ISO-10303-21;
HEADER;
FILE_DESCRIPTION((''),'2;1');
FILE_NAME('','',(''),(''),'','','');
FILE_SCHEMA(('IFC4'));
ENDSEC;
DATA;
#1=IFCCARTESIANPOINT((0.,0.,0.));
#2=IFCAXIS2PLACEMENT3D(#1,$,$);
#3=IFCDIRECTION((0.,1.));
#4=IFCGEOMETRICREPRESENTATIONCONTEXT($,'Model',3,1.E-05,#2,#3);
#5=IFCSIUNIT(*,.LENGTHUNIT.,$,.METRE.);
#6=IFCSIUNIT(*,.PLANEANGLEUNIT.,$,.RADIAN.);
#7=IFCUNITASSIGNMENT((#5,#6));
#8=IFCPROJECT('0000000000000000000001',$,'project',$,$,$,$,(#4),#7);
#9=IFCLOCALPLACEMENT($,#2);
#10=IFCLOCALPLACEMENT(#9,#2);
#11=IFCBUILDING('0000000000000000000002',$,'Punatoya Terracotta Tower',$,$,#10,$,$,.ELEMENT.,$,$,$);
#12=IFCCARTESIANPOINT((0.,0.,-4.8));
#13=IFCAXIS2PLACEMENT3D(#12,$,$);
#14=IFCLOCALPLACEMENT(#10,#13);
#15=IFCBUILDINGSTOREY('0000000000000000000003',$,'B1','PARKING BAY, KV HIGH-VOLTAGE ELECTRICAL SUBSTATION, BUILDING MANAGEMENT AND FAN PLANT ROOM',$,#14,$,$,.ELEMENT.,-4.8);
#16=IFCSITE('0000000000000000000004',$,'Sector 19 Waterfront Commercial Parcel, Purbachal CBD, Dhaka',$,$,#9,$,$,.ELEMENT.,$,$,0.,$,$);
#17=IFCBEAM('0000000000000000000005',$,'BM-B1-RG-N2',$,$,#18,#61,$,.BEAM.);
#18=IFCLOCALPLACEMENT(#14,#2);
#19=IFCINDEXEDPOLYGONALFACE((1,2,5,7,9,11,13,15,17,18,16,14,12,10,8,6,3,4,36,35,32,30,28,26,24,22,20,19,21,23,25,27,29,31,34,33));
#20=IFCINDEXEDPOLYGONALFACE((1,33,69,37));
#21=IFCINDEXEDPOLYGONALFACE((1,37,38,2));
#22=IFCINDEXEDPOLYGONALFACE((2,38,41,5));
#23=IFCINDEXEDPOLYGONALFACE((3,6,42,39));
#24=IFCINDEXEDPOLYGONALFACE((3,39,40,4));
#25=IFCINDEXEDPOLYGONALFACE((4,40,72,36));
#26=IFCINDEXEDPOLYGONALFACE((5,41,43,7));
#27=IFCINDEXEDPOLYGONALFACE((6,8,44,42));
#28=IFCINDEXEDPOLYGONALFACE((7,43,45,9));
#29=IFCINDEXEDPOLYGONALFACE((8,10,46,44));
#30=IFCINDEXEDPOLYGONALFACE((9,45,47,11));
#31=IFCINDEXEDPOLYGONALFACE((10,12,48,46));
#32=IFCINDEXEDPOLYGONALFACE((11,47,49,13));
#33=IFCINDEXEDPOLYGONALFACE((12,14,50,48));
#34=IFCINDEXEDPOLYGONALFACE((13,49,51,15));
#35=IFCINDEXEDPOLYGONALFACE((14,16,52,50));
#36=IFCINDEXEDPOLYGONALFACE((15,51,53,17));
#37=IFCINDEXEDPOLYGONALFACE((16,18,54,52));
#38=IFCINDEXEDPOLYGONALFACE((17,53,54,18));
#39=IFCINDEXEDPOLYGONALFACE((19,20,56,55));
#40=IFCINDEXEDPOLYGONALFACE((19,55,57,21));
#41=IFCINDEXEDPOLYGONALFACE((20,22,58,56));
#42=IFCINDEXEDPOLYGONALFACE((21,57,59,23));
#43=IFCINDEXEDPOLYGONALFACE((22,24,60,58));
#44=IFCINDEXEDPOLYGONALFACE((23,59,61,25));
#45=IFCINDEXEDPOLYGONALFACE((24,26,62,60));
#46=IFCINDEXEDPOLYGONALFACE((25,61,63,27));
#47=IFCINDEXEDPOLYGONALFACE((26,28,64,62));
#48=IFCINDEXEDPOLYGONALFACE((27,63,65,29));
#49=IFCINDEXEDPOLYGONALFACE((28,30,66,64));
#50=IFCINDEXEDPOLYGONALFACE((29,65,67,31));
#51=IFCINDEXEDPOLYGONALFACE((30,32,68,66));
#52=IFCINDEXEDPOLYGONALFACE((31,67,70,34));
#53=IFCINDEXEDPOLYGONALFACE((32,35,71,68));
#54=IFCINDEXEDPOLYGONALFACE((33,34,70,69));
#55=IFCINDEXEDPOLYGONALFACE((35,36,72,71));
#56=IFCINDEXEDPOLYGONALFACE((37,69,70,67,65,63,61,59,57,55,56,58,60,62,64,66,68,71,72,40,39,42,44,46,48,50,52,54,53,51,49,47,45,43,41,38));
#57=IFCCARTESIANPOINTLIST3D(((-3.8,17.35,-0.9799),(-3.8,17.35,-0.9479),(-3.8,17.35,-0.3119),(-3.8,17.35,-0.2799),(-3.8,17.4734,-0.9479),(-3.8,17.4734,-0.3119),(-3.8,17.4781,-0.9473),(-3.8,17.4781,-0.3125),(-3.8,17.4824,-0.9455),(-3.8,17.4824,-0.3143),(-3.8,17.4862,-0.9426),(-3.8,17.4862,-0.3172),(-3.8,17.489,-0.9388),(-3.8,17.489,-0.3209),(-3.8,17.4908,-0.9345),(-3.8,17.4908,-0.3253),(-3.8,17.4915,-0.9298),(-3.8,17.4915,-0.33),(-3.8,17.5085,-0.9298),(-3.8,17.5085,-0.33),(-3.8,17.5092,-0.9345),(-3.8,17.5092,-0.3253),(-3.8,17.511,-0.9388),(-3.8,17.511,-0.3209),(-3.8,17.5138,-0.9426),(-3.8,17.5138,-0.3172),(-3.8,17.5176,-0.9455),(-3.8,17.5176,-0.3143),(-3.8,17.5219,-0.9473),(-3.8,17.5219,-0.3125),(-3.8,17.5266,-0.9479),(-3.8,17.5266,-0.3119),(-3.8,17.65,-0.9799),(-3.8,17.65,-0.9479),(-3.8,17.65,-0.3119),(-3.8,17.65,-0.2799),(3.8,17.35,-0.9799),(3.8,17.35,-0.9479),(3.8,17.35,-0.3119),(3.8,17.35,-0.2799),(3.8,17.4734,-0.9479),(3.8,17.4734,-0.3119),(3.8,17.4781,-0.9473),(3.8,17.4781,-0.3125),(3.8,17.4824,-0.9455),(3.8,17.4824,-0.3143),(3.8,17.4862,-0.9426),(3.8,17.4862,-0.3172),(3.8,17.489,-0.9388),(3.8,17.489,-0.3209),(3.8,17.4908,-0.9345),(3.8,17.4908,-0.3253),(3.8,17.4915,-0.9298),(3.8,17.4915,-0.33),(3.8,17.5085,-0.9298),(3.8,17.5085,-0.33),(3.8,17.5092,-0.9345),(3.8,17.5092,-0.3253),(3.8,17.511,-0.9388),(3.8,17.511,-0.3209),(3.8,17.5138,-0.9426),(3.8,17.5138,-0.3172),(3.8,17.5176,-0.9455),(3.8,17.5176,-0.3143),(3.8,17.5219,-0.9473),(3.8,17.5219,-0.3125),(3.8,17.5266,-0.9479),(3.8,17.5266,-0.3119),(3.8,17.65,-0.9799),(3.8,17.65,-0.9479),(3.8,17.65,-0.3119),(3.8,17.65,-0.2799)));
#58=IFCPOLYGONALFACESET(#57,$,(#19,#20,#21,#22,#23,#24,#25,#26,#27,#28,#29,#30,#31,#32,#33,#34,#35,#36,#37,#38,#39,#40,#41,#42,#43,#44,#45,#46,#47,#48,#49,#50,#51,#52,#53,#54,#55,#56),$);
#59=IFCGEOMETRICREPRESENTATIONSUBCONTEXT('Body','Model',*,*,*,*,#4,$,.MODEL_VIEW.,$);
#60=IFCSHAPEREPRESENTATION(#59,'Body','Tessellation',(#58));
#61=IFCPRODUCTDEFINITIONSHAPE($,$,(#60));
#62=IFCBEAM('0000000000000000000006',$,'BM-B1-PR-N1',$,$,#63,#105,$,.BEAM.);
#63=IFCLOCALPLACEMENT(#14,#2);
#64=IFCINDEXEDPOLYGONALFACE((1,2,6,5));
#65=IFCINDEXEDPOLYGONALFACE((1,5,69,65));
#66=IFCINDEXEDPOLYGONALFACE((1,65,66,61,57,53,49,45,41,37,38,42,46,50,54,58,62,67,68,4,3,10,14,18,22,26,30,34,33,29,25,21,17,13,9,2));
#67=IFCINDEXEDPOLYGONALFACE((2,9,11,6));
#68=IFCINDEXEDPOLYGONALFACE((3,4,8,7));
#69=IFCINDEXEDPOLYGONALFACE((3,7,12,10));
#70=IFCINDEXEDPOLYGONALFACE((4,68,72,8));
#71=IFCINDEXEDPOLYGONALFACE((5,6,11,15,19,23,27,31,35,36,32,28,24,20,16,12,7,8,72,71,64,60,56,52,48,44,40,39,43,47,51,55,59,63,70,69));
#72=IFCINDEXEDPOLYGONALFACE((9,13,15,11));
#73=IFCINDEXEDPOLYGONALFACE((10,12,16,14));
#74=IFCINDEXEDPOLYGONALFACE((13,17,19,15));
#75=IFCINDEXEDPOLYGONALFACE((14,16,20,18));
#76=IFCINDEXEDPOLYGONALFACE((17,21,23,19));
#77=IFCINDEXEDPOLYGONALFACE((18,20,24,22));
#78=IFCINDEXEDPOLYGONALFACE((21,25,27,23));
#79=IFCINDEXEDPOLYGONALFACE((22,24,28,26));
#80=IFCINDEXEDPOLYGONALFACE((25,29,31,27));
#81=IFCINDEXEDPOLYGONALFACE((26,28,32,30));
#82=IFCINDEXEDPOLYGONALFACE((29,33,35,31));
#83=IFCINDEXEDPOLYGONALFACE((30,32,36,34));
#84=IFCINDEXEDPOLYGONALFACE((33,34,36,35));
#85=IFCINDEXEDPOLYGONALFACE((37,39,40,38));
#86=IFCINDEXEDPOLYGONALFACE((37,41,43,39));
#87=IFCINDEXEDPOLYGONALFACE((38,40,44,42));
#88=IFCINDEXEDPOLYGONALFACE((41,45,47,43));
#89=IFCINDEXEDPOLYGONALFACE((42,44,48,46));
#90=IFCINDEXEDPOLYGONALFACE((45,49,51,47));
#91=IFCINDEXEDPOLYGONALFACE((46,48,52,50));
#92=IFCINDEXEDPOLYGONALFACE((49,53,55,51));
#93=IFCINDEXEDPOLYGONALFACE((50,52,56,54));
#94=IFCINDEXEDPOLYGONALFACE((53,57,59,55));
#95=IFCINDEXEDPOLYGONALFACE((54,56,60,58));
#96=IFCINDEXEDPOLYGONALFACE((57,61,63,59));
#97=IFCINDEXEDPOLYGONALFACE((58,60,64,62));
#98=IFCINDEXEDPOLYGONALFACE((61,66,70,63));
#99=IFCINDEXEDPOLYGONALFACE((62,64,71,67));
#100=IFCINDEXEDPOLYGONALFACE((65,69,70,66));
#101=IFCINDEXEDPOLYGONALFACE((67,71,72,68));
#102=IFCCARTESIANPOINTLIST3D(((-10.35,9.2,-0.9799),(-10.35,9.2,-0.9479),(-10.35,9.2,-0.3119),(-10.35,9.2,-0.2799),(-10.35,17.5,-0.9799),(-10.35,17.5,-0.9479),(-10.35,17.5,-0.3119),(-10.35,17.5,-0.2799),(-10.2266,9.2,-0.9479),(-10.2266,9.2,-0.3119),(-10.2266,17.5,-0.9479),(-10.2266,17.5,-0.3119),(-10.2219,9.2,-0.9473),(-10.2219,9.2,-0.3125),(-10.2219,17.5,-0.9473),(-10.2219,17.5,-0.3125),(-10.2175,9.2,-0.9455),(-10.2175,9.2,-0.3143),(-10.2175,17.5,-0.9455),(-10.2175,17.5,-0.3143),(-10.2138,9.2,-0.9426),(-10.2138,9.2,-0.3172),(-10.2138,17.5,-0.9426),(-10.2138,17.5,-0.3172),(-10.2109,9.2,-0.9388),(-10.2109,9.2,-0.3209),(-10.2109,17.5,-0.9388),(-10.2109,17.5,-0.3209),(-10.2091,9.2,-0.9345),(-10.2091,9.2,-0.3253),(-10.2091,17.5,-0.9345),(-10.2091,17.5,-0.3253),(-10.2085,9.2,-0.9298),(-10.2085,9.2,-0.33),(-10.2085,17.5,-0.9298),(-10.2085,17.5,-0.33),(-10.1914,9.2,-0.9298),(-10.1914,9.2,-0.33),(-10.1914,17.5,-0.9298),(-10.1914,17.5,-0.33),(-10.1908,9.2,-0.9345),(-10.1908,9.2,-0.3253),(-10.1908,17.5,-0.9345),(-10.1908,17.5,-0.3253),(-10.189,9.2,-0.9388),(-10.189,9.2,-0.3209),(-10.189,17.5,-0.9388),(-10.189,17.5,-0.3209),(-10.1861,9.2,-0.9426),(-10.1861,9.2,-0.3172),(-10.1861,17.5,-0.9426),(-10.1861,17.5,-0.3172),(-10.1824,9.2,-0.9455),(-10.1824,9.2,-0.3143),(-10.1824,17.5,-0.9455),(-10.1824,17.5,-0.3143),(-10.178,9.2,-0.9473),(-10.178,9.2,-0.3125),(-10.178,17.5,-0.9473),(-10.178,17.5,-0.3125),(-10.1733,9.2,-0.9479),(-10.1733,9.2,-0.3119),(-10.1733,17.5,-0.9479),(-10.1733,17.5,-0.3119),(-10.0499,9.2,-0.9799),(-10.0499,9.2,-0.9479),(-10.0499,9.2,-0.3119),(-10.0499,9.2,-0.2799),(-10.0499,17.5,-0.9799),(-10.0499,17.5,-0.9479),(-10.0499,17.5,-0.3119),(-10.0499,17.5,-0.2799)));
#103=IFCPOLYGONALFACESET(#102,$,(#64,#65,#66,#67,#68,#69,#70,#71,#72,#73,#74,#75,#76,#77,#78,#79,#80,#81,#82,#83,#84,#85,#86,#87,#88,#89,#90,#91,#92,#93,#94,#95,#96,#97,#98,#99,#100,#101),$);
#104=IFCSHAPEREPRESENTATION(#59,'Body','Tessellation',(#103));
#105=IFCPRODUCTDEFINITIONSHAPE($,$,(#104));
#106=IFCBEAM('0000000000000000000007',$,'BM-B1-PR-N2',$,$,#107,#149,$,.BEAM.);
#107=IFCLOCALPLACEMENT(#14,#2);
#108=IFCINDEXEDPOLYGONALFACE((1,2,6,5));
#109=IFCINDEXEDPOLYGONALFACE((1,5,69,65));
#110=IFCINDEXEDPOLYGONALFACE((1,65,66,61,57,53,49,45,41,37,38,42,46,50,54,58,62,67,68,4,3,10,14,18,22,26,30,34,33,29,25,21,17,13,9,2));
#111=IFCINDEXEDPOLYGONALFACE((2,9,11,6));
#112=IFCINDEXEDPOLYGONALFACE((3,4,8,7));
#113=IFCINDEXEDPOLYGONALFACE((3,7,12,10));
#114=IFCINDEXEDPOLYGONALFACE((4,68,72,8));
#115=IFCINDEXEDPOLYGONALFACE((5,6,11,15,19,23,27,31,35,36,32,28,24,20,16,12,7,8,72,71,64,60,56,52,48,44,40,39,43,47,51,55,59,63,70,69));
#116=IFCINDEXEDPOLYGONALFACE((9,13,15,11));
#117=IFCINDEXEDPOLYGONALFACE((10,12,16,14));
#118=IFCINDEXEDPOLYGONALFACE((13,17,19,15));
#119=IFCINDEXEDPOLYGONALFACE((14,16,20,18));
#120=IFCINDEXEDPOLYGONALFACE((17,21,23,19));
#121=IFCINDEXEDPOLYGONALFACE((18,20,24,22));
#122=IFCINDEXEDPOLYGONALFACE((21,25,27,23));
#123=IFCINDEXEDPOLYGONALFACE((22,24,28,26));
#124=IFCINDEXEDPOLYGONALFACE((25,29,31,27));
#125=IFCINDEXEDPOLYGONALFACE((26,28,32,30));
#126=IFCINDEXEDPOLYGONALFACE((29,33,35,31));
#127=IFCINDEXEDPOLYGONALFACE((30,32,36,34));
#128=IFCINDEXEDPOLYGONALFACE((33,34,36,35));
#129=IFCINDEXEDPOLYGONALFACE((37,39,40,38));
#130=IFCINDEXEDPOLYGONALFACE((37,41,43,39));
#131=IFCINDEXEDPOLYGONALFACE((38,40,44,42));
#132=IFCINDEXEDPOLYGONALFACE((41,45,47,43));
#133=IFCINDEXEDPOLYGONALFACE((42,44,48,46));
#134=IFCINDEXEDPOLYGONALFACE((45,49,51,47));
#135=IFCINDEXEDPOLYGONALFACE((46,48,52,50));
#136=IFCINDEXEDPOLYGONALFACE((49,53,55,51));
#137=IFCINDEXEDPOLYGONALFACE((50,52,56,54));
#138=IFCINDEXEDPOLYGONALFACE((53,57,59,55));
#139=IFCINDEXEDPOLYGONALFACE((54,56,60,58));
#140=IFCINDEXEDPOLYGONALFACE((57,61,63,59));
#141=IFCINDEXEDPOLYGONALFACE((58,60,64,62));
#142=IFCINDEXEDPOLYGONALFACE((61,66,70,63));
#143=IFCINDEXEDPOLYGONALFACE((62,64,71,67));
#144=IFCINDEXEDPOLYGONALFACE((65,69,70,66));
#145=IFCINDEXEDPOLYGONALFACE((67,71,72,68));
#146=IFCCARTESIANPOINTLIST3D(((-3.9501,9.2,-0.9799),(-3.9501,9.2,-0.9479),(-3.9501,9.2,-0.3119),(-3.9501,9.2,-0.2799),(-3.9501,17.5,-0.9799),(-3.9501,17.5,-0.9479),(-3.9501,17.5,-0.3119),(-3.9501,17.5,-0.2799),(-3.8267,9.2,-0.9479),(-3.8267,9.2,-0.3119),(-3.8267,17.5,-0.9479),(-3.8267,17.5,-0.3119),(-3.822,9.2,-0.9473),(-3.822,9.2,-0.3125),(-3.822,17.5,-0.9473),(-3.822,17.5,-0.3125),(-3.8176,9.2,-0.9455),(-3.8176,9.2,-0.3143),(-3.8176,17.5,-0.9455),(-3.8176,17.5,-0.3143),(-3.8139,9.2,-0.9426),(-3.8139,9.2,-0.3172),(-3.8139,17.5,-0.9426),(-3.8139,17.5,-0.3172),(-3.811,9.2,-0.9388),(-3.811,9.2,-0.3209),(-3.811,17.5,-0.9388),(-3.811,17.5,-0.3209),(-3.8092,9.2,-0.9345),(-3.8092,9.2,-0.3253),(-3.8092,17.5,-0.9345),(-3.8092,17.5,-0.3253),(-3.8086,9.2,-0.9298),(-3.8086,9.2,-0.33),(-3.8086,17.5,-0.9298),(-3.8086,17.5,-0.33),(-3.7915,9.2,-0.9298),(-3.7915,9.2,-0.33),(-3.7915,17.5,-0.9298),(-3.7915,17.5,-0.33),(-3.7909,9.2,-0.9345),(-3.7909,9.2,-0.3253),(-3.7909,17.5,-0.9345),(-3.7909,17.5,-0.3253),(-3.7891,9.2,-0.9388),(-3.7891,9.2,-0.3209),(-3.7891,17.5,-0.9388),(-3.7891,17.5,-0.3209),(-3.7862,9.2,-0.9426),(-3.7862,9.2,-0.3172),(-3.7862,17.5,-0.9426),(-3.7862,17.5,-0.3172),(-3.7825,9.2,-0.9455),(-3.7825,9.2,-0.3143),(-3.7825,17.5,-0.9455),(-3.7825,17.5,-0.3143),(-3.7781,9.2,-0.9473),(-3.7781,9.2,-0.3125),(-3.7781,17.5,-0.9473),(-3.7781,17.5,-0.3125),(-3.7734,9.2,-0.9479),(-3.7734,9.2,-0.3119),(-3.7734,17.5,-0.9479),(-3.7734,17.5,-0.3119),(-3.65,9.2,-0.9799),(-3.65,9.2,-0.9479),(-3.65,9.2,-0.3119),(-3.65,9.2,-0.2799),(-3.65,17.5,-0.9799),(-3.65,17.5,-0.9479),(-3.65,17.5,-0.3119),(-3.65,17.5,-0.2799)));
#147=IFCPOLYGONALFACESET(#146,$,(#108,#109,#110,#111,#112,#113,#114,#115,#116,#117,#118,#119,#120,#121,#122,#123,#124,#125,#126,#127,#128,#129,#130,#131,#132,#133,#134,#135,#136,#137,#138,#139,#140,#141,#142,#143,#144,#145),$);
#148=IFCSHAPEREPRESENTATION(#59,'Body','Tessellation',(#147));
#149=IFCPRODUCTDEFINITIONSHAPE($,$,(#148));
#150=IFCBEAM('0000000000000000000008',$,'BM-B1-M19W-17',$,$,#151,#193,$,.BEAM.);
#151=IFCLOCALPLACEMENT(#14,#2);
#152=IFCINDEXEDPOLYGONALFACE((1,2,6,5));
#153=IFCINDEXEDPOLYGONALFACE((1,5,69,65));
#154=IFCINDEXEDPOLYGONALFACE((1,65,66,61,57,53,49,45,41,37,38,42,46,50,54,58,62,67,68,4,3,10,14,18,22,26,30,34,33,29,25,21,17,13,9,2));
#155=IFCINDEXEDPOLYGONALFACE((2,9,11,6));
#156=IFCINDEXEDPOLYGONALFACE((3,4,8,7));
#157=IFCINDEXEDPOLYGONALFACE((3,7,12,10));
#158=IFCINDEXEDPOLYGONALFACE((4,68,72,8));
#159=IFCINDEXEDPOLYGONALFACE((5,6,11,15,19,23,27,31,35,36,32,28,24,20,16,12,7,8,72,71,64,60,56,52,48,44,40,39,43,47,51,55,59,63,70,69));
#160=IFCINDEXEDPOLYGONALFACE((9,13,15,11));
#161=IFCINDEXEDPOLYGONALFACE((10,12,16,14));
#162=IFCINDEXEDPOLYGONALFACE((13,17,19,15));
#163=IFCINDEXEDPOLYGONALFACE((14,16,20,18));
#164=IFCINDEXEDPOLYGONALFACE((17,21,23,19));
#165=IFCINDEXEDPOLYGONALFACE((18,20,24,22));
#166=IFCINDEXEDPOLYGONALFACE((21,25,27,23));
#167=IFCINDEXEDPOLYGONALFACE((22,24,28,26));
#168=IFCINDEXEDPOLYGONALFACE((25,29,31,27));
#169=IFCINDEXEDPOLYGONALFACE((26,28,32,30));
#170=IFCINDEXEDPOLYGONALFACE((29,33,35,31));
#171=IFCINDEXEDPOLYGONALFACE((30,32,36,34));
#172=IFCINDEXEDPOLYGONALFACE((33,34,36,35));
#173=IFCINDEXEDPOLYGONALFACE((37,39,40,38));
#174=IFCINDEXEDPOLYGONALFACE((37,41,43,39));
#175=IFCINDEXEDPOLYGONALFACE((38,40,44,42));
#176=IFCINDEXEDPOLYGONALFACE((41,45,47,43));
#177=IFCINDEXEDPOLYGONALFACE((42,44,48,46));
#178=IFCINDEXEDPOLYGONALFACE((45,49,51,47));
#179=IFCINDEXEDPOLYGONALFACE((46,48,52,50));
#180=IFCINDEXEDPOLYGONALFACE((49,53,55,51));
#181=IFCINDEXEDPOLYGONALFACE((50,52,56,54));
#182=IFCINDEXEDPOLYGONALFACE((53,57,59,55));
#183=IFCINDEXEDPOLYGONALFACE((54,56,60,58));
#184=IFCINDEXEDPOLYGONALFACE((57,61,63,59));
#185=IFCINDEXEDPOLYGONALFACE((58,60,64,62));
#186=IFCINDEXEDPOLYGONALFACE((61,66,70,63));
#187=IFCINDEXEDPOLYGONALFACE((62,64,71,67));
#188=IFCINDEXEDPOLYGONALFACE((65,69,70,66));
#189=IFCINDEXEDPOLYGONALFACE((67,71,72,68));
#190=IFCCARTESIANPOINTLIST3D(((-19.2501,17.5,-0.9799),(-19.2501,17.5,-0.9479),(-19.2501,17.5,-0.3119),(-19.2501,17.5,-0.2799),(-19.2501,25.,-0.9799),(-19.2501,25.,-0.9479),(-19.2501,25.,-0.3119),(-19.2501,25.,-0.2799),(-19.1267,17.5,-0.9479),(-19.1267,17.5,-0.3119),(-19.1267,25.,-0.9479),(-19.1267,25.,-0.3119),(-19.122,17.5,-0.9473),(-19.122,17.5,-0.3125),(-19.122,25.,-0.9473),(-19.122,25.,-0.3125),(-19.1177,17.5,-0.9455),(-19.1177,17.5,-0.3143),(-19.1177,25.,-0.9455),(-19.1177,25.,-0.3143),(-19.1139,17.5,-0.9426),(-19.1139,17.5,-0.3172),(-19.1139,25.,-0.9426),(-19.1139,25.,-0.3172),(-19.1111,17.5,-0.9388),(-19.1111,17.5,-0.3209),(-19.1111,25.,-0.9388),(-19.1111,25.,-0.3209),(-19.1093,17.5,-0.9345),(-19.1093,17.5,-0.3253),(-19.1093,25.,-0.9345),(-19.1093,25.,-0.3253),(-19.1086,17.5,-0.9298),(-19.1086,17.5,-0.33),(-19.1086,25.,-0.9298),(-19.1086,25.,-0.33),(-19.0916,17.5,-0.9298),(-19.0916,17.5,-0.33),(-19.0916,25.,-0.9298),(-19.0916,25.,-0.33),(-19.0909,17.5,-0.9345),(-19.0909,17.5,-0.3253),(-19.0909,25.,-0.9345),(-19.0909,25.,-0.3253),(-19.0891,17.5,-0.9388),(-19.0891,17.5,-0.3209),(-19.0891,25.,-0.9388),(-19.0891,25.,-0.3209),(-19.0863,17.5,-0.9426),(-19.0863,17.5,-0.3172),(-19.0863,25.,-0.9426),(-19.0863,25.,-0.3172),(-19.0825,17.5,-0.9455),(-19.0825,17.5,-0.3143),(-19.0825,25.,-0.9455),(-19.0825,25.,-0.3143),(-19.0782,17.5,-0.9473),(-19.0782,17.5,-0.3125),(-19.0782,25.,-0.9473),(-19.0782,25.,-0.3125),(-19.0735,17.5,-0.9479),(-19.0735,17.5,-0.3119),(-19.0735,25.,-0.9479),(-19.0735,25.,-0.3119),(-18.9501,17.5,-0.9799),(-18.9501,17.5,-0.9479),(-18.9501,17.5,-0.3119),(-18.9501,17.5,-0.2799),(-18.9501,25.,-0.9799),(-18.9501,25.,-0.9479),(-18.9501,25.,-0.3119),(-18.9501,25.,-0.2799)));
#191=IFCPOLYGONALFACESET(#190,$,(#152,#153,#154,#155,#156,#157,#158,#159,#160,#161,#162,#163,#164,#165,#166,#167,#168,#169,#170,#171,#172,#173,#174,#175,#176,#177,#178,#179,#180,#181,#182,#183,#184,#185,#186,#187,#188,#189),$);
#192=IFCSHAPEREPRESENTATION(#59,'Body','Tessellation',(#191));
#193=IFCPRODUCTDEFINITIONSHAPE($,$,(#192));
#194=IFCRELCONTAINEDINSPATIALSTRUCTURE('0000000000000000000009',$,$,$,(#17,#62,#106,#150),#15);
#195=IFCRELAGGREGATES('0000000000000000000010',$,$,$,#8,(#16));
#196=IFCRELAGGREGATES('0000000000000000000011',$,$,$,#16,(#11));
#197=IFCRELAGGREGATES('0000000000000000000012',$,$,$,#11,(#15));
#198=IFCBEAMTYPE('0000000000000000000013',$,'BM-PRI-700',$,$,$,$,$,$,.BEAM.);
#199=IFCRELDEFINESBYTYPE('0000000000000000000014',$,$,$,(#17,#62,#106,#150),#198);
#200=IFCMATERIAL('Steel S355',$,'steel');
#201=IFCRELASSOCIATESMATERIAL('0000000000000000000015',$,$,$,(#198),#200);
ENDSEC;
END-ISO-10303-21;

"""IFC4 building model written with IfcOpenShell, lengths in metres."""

from ifc_helpers import new_model, si_unit, direction, frame, origin, origin_2d, place, context, subcontext, project, spatial, i_section, extrude, material, material_profile, profile_set, type_object, element, save


model = new_model("IFC4")

# Units and contexts
model_context = context("Model", 3, precision=1e-05, world=origin(), true_north=direction((0.0, 1.0)))
body_context = subcontext(model_context, "Body", "Model", "MODEL_VIEW")
ifc_project = project(units=[si_unit("LENGTHUNIT", "METRE"), si_unit("PLANEANGLEUNIT", "RADIAN")], contexts=[model_context])

# Site, building, storey
site_placement = place(None, origin())
site = spatial("IfcSite", under=ifc_project, at=site_placement, Name="Sector 19 Waterfront Commercial Parcel, Purbachal CBD, Dhaka", CompositionType="ELEMENT", RefElevation=0.0)
building_placement = place(site_placement, origin())
building = spatial("IfcBuilding", under=site, at=building_placement, Name="Punatoya Terracotta Tower", CompositionType="ELEMENT")
storey_placement = place(building_placement, frame((0.0, 0.0, -4.8)))
storey = spatial("IfcBuildingStorey", under=building, at=storey_placement, Name="B1", Description="PARKING BAY, KV HIGH-VOLTAGE ELECTRICAL SUBSTATION, BUILDING MANAGEMENT AND FAN PLANT ROOM", CompositionType="ELEMENT", Elevation=-4.8)

# Beams
ifc_material_1 = material(Name="Steel S355", Category="steel")
ifc_material_profile_1 = material_profile(ifc_material_1, i_section(OverallWidth=0.3, OverallDepth=0.7, WebThickness=0.0171, FlangeThickness=0.032, FilletRadius=0.0181, at=origin_2d()))
ifc_profile_set_1 = profile_set([ifc_material_profile_1], Name="Steel S355")
beam_type_1 = type_object("IfcBeamType", Name="BM-PRI-700", PredefinedType="BEAM", material=ifc_profile_set_1)
beam_1_placement = place(storey_placement, frame((-3.8, 17.5, -0.6299), z_axis=(1.0, 0.0, 0.0), x_axis=(0.0, 1.0, 0.0)))
element("IfcBeam", 1, at=beam_1_placement, inside=storey, type_object=beam_type_1, Name="BM-B1-RG-N2", PredefinedType="BEAM", context=body_context, shape_type="SweptSolid", body=[
    extrude(i_section(OverallWidth=0.3, OverallDepth=0.7, WebThickness=0.0171, FlangeThickness=0.032, FilletRadius=0.0181, at=origin_2d()), origin(), (0.0, 0.0, 1.0), 7.6001),
])
for number, where, z_axis, x_axis, name in (
    (2, (-10.2, 9.2, -0.6299), (0.0, 1.0, 0.0), (-1.0, 0.0, 0.0), "BM-B1-PR-N1"),
    (3, (-3.8, 9.2, -0.6299), (0.0, 1.0, 0.0), (-1.0, 0.0, 0.0), "BM-B1-PR-N2"),
):
    element("IfcBeam", number, at=place(storey_placement, frame(where, z_axis=z_axis, x_axis=x_axis)), inside=storey, type_object=beam_type_1, Name=name, PredefinedType="BEAM", context=body_context, shape_type="SweptSolid", body=[
        extrude(i_section(OverallWidth=0.3, OverallDepth=0.7, WebThickness=0.0171, FlangeThickness=0.032, FilletRadius=0.0181, at=origin_2d()), origin(), (0.0, 0.0, 1.0), 8.3),
    ])
beam_2_placement = place(storey_placement, frame((-19.1001, 17.5, -0.6299), z_axis=(0.0, 1.0, 0.0), x_axis=(-1.0, 0.0, 0.0)))
element("IfcBeam", 4, at=beam_2_placement, inside=storey, type_object=beam_type_1, Name="BM-B1-M19W-17", PredefinedType="BEAM", context=body_context, shape_type="SweptSolid", body=[
    extrude(i_section(OverallWidth=0.3, OverallDepth=0.7, WebThickness=0.0171, FlangeThickness=0.032, FilletRadius=0.0181, at=origin_2d()), origin(), (0.0, 0.0, 1.0), 7.5),
])

save(model, "model.ifc")
